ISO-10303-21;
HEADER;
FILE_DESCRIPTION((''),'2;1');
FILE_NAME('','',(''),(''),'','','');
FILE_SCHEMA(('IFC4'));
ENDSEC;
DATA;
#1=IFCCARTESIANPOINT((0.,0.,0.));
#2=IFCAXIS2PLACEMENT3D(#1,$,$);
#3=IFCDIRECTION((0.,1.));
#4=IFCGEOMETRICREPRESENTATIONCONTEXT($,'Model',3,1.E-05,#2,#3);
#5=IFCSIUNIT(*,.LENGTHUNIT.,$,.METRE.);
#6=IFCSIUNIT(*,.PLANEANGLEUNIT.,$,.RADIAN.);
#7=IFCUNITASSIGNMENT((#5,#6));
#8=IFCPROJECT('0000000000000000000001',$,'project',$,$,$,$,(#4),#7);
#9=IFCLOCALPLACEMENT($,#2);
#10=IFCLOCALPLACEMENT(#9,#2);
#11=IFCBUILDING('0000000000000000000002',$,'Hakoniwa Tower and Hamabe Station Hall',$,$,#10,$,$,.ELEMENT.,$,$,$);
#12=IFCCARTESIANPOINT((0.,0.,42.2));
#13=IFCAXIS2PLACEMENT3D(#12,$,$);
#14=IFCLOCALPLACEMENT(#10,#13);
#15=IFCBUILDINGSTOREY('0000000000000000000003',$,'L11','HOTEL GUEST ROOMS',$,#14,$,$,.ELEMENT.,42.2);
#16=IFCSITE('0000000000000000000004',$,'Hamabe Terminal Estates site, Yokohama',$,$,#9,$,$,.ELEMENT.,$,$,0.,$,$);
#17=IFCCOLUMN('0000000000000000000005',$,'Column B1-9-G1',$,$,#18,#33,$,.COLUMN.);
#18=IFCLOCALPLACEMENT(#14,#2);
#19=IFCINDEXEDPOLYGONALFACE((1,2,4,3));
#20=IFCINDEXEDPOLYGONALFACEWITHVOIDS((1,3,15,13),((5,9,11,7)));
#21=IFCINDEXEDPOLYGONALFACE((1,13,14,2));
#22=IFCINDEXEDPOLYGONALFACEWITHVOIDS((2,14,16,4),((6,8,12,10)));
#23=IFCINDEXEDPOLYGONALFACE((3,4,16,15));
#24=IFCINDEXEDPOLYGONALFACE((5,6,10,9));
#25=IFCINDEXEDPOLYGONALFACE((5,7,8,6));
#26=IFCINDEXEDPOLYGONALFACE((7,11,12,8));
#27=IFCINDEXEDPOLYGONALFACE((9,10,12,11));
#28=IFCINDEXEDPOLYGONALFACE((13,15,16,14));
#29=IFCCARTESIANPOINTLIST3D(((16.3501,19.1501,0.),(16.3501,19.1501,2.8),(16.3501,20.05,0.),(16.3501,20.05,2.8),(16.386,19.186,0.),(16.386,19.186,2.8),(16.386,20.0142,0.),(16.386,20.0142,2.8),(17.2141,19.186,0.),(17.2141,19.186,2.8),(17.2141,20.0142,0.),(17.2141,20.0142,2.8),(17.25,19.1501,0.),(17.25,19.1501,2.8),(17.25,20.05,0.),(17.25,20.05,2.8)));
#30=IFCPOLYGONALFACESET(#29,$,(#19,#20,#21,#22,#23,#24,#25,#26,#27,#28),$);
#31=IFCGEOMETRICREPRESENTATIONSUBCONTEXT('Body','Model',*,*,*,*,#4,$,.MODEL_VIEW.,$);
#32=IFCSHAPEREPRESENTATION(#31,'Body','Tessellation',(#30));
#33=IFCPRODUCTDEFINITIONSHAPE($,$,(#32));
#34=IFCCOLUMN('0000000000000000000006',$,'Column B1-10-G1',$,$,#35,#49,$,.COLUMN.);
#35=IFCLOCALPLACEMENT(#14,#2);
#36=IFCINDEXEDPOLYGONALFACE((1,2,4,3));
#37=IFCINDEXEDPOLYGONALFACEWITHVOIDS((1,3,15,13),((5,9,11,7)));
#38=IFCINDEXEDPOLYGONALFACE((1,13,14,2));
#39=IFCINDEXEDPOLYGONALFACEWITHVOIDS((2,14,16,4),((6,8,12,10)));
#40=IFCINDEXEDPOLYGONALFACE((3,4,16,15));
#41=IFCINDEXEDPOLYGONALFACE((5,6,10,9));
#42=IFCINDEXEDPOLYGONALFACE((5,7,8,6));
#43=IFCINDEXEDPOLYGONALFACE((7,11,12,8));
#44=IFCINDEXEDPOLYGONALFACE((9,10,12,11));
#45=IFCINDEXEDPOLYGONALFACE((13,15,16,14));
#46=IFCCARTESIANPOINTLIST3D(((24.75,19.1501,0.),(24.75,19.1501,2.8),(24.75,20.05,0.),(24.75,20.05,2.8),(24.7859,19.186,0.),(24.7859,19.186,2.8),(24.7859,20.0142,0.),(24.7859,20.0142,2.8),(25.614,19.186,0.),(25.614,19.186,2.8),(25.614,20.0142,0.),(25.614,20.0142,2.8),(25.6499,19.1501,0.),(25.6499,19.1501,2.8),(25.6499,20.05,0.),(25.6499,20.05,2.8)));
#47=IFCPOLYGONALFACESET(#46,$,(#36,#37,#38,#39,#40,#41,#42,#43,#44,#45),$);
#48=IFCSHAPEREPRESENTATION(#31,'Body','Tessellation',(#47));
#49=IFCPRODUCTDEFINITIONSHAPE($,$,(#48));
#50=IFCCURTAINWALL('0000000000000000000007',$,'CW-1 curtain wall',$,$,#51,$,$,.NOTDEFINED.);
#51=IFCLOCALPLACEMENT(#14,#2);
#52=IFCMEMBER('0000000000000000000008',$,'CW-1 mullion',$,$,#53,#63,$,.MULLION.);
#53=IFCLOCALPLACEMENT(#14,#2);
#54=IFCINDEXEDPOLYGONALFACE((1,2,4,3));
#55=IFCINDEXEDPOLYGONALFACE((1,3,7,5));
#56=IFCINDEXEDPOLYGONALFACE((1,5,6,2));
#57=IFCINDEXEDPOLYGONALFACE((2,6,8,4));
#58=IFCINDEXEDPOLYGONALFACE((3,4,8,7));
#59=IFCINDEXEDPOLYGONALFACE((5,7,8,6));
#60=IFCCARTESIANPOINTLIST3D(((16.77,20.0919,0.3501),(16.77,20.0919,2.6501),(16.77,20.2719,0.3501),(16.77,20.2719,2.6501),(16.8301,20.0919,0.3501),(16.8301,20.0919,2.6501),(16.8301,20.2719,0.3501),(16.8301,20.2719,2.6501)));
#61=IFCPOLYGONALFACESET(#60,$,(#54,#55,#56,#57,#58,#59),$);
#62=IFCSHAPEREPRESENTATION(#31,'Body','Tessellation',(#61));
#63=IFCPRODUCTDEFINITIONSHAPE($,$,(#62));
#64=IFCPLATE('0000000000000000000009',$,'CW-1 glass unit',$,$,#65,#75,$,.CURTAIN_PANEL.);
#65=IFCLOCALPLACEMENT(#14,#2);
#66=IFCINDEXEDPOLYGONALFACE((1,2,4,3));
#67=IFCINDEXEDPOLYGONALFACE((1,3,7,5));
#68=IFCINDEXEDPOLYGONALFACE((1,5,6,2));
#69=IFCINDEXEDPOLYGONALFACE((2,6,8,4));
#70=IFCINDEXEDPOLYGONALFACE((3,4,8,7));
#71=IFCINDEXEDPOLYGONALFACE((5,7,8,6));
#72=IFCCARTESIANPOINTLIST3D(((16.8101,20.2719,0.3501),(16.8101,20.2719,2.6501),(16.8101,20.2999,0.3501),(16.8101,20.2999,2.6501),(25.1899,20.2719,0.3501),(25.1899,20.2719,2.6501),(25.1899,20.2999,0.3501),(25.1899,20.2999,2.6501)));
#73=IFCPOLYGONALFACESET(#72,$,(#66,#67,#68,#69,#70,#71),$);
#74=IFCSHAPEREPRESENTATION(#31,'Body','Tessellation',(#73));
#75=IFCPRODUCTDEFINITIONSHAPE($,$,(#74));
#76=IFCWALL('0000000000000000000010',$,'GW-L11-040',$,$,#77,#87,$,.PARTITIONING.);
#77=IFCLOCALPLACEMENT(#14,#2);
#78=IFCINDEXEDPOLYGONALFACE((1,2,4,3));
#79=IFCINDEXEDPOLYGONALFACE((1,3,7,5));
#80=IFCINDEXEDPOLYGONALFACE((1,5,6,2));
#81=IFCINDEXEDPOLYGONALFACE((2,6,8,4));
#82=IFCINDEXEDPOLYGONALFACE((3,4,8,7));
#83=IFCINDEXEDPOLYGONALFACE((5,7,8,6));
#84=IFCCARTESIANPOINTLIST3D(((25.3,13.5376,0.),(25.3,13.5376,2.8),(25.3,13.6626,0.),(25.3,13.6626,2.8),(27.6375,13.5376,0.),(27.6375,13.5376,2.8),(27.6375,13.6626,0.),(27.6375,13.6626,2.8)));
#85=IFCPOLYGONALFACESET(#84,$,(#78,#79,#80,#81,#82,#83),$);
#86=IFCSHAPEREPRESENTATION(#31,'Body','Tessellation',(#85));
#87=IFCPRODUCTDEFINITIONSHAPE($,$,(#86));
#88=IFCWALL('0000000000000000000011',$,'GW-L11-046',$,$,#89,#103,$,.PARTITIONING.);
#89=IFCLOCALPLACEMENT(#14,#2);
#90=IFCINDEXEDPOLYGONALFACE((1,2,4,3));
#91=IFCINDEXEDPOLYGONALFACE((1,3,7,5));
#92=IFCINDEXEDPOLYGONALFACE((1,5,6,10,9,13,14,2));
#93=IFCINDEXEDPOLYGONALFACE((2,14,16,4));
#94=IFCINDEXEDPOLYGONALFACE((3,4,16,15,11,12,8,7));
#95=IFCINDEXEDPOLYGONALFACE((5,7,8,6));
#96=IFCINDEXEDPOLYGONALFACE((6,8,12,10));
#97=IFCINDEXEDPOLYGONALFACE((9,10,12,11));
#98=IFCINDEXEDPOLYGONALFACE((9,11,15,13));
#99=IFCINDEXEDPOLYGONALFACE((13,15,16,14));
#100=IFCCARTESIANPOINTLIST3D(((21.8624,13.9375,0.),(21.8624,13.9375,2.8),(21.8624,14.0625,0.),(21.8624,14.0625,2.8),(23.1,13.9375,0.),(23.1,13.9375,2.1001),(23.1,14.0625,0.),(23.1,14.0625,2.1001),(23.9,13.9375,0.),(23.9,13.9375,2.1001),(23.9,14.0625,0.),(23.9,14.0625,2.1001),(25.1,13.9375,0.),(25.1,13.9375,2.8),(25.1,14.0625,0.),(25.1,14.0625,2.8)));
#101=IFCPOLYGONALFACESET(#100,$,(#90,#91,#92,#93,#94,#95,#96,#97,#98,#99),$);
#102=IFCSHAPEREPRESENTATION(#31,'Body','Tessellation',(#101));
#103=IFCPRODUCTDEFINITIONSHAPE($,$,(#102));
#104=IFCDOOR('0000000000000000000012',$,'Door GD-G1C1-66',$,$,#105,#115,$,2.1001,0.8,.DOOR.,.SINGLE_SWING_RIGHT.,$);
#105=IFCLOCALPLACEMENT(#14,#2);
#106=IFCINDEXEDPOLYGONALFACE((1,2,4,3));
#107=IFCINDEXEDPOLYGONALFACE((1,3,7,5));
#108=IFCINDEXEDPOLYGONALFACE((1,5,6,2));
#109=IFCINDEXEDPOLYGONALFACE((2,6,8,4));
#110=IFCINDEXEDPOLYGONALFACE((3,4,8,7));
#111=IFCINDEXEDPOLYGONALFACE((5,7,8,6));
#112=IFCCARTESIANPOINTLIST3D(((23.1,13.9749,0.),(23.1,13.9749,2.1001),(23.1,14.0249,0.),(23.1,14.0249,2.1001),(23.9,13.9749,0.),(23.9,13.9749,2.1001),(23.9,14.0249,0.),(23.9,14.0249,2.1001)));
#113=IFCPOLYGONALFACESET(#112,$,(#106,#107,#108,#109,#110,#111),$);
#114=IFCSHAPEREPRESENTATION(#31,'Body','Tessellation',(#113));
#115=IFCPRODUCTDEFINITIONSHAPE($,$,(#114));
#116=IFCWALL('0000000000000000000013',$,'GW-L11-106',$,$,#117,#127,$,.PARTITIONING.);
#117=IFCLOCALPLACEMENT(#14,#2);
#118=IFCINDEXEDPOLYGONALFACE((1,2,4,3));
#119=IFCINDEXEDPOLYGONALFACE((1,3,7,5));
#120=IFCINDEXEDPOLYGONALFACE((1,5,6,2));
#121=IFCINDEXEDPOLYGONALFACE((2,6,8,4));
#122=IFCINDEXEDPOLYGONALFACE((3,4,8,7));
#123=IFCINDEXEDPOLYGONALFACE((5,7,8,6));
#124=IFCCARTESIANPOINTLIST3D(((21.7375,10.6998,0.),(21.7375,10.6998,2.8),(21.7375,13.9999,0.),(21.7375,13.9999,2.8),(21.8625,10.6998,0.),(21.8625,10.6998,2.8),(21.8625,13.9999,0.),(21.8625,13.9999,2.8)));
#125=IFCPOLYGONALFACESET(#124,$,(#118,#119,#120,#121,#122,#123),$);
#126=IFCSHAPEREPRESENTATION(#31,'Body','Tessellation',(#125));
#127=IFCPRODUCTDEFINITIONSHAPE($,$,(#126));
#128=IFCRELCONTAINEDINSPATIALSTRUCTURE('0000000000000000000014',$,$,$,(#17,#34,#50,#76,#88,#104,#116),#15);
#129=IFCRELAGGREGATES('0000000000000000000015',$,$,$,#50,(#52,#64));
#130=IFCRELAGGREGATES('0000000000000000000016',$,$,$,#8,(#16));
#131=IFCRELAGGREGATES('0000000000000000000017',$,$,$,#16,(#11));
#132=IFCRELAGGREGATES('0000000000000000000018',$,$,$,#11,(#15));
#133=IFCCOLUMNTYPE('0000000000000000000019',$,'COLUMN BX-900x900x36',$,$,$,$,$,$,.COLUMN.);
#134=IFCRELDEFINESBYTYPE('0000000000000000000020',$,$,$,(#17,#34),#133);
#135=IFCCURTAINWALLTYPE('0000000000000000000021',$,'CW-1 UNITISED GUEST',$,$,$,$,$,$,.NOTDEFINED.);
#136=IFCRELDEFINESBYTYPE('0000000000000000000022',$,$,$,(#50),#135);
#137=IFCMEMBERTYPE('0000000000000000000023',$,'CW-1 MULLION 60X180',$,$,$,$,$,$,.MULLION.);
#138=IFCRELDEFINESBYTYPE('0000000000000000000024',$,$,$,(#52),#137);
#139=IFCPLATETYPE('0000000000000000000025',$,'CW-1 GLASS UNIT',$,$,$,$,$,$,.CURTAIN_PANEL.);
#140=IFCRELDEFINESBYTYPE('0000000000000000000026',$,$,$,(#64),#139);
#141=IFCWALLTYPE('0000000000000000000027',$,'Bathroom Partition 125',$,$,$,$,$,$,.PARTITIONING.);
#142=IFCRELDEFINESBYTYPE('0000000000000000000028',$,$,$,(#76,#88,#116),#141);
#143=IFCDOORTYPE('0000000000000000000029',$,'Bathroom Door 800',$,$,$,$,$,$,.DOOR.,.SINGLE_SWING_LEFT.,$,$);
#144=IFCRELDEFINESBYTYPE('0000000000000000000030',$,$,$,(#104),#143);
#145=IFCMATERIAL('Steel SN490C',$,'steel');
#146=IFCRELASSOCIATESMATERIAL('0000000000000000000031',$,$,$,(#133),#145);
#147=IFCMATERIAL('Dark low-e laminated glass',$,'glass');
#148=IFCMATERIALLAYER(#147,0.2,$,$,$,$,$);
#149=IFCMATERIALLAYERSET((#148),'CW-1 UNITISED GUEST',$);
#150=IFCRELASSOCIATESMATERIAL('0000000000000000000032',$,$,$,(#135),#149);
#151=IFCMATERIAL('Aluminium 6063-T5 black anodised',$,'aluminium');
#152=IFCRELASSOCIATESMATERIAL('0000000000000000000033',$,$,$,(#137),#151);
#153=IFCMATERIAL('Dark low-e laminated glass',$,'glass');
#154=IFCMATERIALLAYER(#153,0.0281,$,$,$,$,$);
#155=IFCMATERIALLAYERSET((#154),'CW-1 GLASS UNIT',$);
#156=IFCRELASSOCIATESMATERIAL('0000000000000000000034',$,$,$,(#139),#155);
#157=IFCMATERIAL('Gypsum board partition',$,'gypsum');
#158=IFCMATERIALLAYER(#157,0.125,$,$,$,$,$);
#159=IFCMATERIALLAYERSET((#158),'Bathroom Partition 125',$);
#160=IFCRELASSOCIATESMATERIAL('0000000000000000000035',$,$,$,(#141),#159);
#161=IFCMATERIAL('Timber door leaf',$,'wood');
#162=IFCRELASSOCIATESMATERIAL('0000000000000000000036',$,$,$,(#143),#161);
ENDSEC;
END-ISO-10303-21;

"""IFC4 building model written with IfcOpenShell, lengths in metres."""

from ifc_helpers import new_model, si_unit, direction, frame, frame_2d, origin, origin_2d, place, context, subcontext, project, spatial, rectangle, hollow_rectangle, extrude, material, layer, layer_set, material_profile, profile_set, type_object, element, fill, aggregate, save


model = new_model("IFC4")

# Units and contexts
model_context = context("Model", 3, precision=1e-05, world=origin(), true_north=direction((0.0, 1.0)))
body_context = subcontext(model_context, "Body", "Model", "MODEL_VIEW")
ifc_project = project(units=[si_unit("LENGTHUNIT", "METRE"), si_unit("PLANEANGLEUNIT", "RADIAN")], contexts=[model_context])

# Site, building, storey
site_placement = place(None, origin())
site = spatial("IfcSite", under=ifc_project, at=site_placement, Name="Hamabe Terminal Estates site, Yokohama", CompositionType="ELEMENT", RefElevation=0.0)
building_placement = place(site_placement, origin())
building = spatial("IfcBuilding", under=site, at=building_placement, Name="Hakoniwa Tower and Hamabe Station Hall", CompositionType="ELEMENT")
storey_placement = place(building_placement, frame((0.0, 0.0, 42.2)))
storey = spatial("IfcBuildingStorey", under=building, at=storey_placement, Name="L11", Description="HOTEL GUEST ROOMS", CompositionType="ELEMENT", Elevation=42.2)

# Columns
ifc_material_1 = material(Name="Steel SN490C", Category="steel")
ifc_material_profile_1 = material_profile(ifc_material_1, hollow_rectangle(XDim=0.8999, YDim=0.8999, WallThickness=0.0359, at=origin_2d()), Name="BX-900x900x36")
ifc_profile_set_1 = profile_set([ifc_material_profile_1], Name="Steel SN490C")
column_type = type_object("IfcColumnType", Name="COLUMN BX-900x900x36", PredefinedType="COLUMN", material=ifc_profile_set_1)
for number, where, z_axis, x_axis, name in (
    (1, (16.8, 19.6001, 0.0), (0.0, 0.0, 1.0), (1.0, 0.0, 0.0), "Column B1-9-G1"),
    (2, (25.2, 19.6001, 0.0), (0.0, 0.0, 1.0), (1.0, 0.0, 0.0), "Column B1-10-G1"),
):
    element("IfcColumn", number, at=place(storey_placement, frame(where, z_axis=z_axis, x_axis=x_axis)), inside=storey, type_object=column_type, Name=name, PredefinedType="COLUMN", context=body_context, shape_type="SweptSolid", body=[
        extrude(hollow_rectangle(XDim=0.8999, YDim=0.8999, WallThickness=0.0359, at=origin_2d()), origin(), (0.0, 0.0, 1.0), 2.8),
    ])

# Curtain wall, member, plate
ifc_material_2 = material(Name="Dark low-e laminated glass", Category="glass")
ifc_layer_1 = layer(ifc_material_2, 0.2)
ifc_layer_set_1 = layer_set([ifc_layer_1], Name="CW-1 UNITISED GUEST")
curtain_wall_type = type_object("IfcCurtainWallType", Name="CW-1 UNITISED GUEST", PredefinedType="NOTDEFINED", material=ifc_layer_set_1)
curtain_wall_placement = place(storey_placement, origin())
curtain_wall = element("IfcCurtainWall", 3, at=curtain_wall_placement, inside=storey, type_object=curtain_wall_type, Name="CW-1 curtain wall", PredefinedType="NOTDEFINED")
ifc_material_3 = material(Name="Aluminium 6063-T5 black anodised", Category="aluminium")
ifc_material_profile_2 = material_profile(ifc_material_3, rectangle(XDim=0.0601, YDim=0.1799, at=origin_2d()), Name="CW-1 MULLION 60X180")
ifc_profile_set_2 = profile_set([ifc_material_profile_2], Name="Aluminium 6063-T5 black anodised")
member_type = type_object("IfcMemberType", Name="CW-1 MULLION 60X180", PredefinedType="MULLION", material=ifc_profile_set_2)
member_placement = place(storey_placement, frame((16.8, 20.1819, 0.3501), z_axis=(0.0, 0.0, 1.0), x_axis=(-1.0, 0.0, 0.0)))
member = element("IfcMember", 4, at=member_placement, type_object=member_type, Name="CW-1 mullion", PredefinedType="MULLION", context=body_context, shape_type="SweptSolid", body=[
    extrude(rectangle(XDim=0.0601, YDim=0.1799, at=origin_2d()), origin(), (0.0, 0.0, 1.0), 2.3),
])
ifc_material_4 = material(Name="Dark low-e laminated glass", Category="glass")
ifc_layer_2 = layer(ifc_material_4, 0.0281)
ifc_layer_set_2 = layer_set([ifc_layer_2], Name="CW-1 GLASS UNIT")
plate_type = type_object("IfcPlateType", Name="CW-1 GLASS UNIT", PredefinedType="CURTAIN_PANEL", material=ifc_layer_set_2)
plate_placement = place(storey_placement, frame((21.0, 20.2859, 0.3501), z_axis=(0.0, 0.0, 1.0), x_axis=(-1.0, 0.0, 0.0)))
plate = element("IfcPlate", 5, at=plate_placement, type_object=plate_type, Name="CW-1 glass unit", PredefinedType="CURTAIN_PANEL", context=body_context, shape_type="SweptSolid", body=[
    extrude(rectangle(XDim=8.3799, YDim=0.0281, at=origin_2d()), origin(), (0.0, 0.0, 1.0), 2.3),
])
aggregate(curtain_wall, [member, plate])

# Wall
ifc_material_5 = material(Name="Gypsum board partition", Category="gypsum")
ifc_layer_3 = layer(ifc_material_5, 0.125)
ifc_layer_set_3 = layer_set([ifc_layer_3], Name="Bathroom Partition 125")
wall_type_1 = type_object("IfcWallType", Name="Bathroom Partition 125", PredefinedType="PARTITIONING", material=ifc_layer_set_3)
wall_1_placement = place(storey_placement, frame((25.3, 13.6001, 0.0), z_axis=(0.0, 0.0, 1.0), x_axis=(1.0, 0.0, 0.0)))
element("IfcWall", 6, at=wall_1_placement, inside=storey, type_object=wall_type_1, Name="GW-L11-040", PredefinedType="PARTITIONING", context=body_context, shape_type="SweptSolid", body=[
    extrude(rectangle(XDim=2.3374, YDim=0.125, at=frame_2d((1.1687, 0.0))), origin(), (0.0, 0.0, 1.0), 2.8),
])

# Wall, opening, door
wall_2_placement = place(storey_placement, frame((21.8625, 14.0, 0.0), z_axis=(0.0, 0.0, 1.0), x_axis=(1.0, 0.0, 0.0)))
wall_2 = element("IfcWall", 7, at=wall_2_placement, inside=storey, type_object=wall_type_1, Name="GW-L11-046", PredefinedType="PARTITIONING", context=body_context, shape_type="SweptSolid", body=[
    extrude(rectangle(XDim=3.2375, YDim=0.125, at=frame_2d((1.6187, 0.0))), origin(), (0.0, 0.0, 1.0), 2.8),
])
opening_1_placement = place(wall_2_placement, frame((1.2375, 0.0, 0.0)))
opening_1 = element("IfcOpeningElement", 8, at=opening_1_placement, cuts=wall_2, PredefinedType="OPENING", context=body_context, shape_type="SweptSolid", body=[
    extrude(rectangle(XDim=0.8, YDim=2.1001, at=frame_2d((0.3999, 1.05))), frame((0.0, 0.0725, 0.0), z_axis=(0.0, -1.0, 0.0), x_axis=(1.0, 0.0, 0.0)), (0.0, 0.0, 1.0), 0.145),
])
ifc_material_6 = material(Name="Timber door leaf", Category="wood")
door_type_1 = type_object("IfcDoorType", Name="Bathroom Door 800", OperationType="SINGLE_SWING_LEFT", PredefinedType="DOOR", material=ifc_material_6)
door_1_placement = place(opening_1_placement, origin())
door_1 = element("IfcDoor", 9, at=door_1_placement, inside=storey, type_object=door_type_1, Name="Door GD-G1C1-66", OperationType="SINGLE_SWING_RIGHT", OverallHeight=2.1001, OverallWidth=0.8, PredefinedType="DOOR", context=body_context, shape_type="SweptSolid", body=[
    extrude(rectangle(XDim=0.8, YDim=2.1001, at=frame_2d((0.3999, 1.05))), frame((0.0, 0.0249, 0.0), z_axis=(0.0, -1.0, 0.0), x_axis=(1.0, 0.0, 0.0)), (0.0, 0.0, 1.0), 0.05),
])
fill(opening_1, door_1)

# Wall
wall_3_placement = place(storey_placement, frame((21.8, 10.7, 0.0), z_axis=(0.0, 0.0, 1.0), x_axis=(0.0, 1.0, 0.0)))
element("IfcWall", 10, at=wall_3_placement, inside=storey, type_object=wall_type_1, Name="GW-L11-106", PredefinedType="PARTITIONING", context=body_context, shape_type="SweptSolid", body=[
    extrude(rectangle(XDim=3.3, YDim=0.125, at=frame_2d((1.6499, 0.0))), origin(), (0.0, 0.0, 1.0), 2.8),
])

save(model, "model.ifc")
